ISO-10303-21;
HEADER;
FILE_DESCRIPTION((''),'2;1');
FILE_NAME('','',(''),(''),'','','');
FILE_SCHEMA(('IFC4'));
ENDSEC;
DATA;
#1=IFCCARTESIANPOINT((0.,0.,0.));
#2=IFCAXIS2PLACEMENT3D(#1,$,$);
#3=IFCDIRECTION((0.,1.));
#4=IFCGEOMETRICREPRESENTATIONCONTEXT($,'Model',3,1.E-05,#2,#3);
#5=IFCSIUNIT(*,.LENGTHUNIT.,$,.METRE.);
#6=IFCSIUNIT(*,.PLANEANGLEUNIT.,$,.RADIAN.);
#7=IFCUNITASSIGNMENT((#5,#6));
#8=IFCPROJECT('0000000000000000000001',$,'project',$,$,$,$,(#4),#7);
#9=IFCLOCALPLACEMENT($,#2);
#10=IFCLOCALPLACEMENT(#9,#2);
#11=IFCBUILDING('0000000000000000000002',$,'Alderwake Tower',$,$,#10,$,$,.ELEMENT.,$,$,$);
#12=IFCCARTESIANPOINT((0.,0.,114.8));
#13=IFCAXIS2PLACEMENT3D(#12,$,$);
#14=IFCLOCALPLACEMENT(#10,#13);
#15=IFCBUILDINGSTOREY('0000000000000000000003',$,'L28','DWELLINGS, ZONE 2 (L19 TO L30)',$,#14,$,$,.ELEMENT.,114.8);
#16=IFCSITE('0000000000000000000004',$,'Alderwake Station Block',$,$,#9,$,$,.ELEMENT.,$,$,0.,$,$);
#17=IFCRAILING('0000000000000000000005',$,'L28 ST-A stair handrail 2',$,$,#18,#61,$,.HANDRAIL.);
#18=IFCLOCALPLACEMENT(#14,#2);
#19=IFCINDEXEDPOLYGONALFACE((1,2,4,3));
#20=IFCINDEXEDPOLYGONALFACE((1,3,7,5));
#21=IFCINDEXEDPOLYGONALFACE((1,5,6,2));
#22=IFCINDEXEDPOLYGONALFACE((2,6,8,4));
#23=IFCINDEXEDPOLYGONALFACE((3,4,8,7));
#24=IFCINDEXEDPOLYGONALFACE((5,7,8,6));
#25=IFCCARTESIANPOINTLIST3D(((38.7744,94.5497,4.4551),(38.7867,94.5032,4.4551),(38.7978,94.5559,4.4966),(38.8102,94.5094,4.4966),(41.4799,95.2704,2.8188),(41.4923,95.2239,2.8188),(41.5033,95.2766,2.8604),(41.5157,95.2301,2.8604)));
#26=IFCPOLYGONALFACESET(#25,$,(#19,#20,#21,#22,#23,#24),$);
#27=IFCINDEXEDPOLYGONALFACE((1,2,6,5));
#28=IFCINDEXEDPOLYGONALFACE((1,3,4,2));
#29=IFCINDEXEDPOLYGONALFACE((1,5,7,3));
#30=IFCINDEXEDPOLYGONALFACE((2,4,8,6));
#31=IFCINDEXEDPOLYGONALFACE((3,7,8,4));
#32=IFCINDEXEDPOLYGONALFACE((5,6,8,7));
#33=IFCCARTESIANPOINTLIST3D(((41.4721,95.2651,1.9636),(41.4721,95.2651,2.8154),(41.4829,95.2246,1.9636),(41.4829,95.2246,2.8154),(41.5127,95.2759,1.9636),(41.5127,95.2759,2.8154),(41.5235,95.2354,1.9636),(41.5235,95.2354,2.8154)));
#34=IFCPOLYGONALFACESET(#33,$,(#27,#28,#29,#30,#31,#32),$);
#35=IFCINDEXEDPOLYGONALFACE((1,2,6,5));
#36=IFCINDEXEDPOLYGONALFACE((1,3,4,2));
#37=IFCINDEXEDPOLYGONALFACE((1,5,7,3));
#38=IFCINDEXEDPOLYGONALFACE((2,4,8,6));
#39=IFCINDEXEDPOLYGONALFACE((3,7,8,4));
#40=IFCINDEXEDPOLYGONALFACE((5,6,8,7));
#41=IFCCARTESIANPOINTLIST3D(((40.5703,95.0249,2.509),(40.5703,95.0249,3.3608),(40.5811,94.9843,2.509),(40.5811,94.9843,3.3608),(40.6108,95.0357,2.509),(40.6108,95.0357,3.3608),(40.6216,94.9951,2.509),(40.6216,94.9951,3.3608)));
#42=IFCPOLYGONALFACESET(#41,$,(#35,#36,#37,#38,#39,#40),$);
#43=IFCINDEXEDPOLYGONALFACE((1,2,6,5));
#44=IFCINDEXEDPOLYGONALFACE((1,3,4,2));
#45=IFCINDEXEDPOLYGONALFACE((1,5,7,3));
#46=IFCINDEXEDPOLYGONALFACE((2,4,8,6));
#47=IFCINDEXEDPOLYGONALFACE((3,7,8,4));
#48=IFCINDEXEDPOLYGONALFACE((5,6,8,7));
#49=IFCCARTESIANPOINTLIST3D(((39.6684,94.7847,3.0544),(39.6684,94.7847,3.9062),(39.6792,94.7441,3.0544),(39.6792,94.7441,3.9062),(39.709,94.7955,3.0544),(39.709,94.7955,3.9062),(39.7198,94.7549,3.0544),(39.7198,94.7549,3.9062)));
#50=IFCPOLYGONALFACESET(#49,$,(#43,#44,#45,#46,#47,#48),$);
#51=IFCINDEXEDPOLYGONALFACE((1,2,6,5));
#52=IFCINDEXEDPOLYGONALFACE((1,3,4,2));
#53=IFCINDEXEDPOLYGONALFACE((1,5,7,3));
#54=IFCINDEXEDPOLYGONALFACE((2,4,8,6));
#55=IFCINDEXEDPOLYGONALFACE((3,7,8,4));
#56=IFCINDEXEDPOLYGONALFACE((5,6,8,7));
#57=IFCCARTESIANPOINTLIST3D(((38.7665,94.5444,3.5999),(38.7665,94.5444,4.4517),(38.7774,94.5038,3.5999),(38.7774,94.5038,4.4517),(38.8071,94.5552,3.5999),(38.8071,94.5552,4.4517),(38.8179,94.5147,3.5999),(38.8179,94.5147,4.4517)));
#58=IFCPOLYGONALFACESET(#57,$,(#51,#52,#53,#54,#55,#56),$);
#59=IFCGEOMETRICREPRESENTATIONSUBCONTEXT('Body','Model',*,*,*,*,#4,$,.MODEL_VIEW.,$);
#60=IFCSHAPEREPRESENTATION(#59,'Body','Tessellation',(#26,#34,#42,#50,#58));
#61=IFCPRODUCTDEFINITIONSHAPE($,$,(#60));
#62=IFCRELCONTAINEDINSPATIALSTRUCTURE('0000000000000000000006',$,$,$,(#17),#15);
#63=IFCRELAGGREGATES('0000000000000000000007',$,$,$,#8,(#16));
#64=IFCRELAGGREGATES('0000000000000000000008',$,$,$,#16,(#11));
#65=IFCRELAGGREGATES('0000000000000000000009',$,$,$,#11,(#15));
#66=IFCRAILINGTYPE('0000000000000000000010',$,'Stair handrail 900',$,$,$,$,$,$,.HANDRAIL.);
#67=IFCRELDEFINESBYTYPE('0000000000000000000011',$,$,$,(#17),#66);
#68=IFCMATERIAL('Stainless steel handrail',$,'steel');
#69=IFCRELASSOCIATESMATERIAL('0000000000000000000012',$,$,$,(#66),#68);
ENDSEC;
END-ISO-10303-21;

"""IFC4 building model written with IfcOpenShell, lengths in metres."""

from ifc_helpers import new_model, si_unit, direction, frame, origin, origin_2d, place, context, subcontext, project, spatial, rectangle, extrude, material, type_object, element, save


model = new_model("IFC4")

# Units and contexts
model_context = context("Model", 3, precision=1e-05, world=origin(), true_north=direction((0.0, 1.0)))
body_context = subcontext(model_context, "Body", "Model", "MODEL_VIEW")
ifc_project = project(units=[si_unit("LENGTHUNIT", "METRE"), si_unit("PLANEANGLEUNIT", "RADIAN")], contexts=[model_context])

# Site, building, storey
site_placement = place(None, origin())
site = spatial("IfcSite", under=ifc_project, at=site_placement, Name="Alderwake Station Block", CompositionType="ELEMENT", RefElevation=0.0)
building_placement = place(site_placement, origin())
building = spatial("IfcBuilding", under=site, at=building_placement, Name="Alderwake Tower", CompositionType="ELEMENT")
storey_placement = place(building_placement, frame((0.0, 0.0, 114.8)))
storey = spatial("IfcBuildingStorey", under=building, at=storey_placement, Name="L28", Description="DWELLINGS, ZONE 2 (L19 TO L30)", CompositionType="ELEMENT", Elevation=114.8)

# Railing
ifc_material_1 = material(Name="Stainless steel handrail", Category="steel")
railing_type = type_object("IfcRailingType", Name="Stair handrail 900", PredefinedType="HANDRAIL", material=ifc_material_1)
railing_placement = place(storey_placement, frame((41.4978, 95.2502, 1.9636)))
element("IfcRailing", 1, at=railing_placement, inside=storey, type_object=railing_type, Name="L28 ST-A stair handrail 2", PredefinedType="HANDRAIL", context=body_context, shape_type="SweptSolid", body=[
    extrude(rectangle(XDim=0.0481, YDim=0.0481, at=origin_2d()), frame((0.0, 0.0, 0.876), z_axis=(-0.834291, -0.222237, 0.504549), x_axis=(0.257402, -0.966304, 0.0)), (0.0, 0.0, 1.0), 3.2429),
    extrude(rectangle(XDim=0.042, YDim=0.042, at=origin_2d()), frame((0.0, 0.0, 0.0), z_axis=(0.0, 0.0, 1.0), x_axis=(-0.966304, -0.257402, 0.0)), (0.0, 0.0, 1.0), 0.8518),
    extrude(rectangle(XDim=0.042, YDim=0.042, at=origin_2d()), frame((-0.9019, -0.2402, 0.5454), z_axis=(0.0, 0.0, 1.0), x_axis=(-0.966304, -0.257402, 0.0)), (0.0, 0.0, 1.0), 0.8518),
    extrude(rectangle(XDim=0.042, YDim=0.042, at=origin_2d()), frame((-1.8037, -0.4805, 1.0908), z_axis=(0.0, 0.0, 1.0), x_axis=(-0.966304, -0.257402, 0.0)), (0.0, 0.0, 1.0), 0.8518),
    extrude(rectangle(XDim=0.042, YDim=0.042, at=origin_2d()), frame((-2.7056, -0.7207, 1.6362), z_axis=(0.0, 0.0, 1.0), x_axis=(-0.966304, -0.257402, 0.0)), (0.0, 0.0, 1.0), 0.8518),
])

save(model, "model.ifc")
